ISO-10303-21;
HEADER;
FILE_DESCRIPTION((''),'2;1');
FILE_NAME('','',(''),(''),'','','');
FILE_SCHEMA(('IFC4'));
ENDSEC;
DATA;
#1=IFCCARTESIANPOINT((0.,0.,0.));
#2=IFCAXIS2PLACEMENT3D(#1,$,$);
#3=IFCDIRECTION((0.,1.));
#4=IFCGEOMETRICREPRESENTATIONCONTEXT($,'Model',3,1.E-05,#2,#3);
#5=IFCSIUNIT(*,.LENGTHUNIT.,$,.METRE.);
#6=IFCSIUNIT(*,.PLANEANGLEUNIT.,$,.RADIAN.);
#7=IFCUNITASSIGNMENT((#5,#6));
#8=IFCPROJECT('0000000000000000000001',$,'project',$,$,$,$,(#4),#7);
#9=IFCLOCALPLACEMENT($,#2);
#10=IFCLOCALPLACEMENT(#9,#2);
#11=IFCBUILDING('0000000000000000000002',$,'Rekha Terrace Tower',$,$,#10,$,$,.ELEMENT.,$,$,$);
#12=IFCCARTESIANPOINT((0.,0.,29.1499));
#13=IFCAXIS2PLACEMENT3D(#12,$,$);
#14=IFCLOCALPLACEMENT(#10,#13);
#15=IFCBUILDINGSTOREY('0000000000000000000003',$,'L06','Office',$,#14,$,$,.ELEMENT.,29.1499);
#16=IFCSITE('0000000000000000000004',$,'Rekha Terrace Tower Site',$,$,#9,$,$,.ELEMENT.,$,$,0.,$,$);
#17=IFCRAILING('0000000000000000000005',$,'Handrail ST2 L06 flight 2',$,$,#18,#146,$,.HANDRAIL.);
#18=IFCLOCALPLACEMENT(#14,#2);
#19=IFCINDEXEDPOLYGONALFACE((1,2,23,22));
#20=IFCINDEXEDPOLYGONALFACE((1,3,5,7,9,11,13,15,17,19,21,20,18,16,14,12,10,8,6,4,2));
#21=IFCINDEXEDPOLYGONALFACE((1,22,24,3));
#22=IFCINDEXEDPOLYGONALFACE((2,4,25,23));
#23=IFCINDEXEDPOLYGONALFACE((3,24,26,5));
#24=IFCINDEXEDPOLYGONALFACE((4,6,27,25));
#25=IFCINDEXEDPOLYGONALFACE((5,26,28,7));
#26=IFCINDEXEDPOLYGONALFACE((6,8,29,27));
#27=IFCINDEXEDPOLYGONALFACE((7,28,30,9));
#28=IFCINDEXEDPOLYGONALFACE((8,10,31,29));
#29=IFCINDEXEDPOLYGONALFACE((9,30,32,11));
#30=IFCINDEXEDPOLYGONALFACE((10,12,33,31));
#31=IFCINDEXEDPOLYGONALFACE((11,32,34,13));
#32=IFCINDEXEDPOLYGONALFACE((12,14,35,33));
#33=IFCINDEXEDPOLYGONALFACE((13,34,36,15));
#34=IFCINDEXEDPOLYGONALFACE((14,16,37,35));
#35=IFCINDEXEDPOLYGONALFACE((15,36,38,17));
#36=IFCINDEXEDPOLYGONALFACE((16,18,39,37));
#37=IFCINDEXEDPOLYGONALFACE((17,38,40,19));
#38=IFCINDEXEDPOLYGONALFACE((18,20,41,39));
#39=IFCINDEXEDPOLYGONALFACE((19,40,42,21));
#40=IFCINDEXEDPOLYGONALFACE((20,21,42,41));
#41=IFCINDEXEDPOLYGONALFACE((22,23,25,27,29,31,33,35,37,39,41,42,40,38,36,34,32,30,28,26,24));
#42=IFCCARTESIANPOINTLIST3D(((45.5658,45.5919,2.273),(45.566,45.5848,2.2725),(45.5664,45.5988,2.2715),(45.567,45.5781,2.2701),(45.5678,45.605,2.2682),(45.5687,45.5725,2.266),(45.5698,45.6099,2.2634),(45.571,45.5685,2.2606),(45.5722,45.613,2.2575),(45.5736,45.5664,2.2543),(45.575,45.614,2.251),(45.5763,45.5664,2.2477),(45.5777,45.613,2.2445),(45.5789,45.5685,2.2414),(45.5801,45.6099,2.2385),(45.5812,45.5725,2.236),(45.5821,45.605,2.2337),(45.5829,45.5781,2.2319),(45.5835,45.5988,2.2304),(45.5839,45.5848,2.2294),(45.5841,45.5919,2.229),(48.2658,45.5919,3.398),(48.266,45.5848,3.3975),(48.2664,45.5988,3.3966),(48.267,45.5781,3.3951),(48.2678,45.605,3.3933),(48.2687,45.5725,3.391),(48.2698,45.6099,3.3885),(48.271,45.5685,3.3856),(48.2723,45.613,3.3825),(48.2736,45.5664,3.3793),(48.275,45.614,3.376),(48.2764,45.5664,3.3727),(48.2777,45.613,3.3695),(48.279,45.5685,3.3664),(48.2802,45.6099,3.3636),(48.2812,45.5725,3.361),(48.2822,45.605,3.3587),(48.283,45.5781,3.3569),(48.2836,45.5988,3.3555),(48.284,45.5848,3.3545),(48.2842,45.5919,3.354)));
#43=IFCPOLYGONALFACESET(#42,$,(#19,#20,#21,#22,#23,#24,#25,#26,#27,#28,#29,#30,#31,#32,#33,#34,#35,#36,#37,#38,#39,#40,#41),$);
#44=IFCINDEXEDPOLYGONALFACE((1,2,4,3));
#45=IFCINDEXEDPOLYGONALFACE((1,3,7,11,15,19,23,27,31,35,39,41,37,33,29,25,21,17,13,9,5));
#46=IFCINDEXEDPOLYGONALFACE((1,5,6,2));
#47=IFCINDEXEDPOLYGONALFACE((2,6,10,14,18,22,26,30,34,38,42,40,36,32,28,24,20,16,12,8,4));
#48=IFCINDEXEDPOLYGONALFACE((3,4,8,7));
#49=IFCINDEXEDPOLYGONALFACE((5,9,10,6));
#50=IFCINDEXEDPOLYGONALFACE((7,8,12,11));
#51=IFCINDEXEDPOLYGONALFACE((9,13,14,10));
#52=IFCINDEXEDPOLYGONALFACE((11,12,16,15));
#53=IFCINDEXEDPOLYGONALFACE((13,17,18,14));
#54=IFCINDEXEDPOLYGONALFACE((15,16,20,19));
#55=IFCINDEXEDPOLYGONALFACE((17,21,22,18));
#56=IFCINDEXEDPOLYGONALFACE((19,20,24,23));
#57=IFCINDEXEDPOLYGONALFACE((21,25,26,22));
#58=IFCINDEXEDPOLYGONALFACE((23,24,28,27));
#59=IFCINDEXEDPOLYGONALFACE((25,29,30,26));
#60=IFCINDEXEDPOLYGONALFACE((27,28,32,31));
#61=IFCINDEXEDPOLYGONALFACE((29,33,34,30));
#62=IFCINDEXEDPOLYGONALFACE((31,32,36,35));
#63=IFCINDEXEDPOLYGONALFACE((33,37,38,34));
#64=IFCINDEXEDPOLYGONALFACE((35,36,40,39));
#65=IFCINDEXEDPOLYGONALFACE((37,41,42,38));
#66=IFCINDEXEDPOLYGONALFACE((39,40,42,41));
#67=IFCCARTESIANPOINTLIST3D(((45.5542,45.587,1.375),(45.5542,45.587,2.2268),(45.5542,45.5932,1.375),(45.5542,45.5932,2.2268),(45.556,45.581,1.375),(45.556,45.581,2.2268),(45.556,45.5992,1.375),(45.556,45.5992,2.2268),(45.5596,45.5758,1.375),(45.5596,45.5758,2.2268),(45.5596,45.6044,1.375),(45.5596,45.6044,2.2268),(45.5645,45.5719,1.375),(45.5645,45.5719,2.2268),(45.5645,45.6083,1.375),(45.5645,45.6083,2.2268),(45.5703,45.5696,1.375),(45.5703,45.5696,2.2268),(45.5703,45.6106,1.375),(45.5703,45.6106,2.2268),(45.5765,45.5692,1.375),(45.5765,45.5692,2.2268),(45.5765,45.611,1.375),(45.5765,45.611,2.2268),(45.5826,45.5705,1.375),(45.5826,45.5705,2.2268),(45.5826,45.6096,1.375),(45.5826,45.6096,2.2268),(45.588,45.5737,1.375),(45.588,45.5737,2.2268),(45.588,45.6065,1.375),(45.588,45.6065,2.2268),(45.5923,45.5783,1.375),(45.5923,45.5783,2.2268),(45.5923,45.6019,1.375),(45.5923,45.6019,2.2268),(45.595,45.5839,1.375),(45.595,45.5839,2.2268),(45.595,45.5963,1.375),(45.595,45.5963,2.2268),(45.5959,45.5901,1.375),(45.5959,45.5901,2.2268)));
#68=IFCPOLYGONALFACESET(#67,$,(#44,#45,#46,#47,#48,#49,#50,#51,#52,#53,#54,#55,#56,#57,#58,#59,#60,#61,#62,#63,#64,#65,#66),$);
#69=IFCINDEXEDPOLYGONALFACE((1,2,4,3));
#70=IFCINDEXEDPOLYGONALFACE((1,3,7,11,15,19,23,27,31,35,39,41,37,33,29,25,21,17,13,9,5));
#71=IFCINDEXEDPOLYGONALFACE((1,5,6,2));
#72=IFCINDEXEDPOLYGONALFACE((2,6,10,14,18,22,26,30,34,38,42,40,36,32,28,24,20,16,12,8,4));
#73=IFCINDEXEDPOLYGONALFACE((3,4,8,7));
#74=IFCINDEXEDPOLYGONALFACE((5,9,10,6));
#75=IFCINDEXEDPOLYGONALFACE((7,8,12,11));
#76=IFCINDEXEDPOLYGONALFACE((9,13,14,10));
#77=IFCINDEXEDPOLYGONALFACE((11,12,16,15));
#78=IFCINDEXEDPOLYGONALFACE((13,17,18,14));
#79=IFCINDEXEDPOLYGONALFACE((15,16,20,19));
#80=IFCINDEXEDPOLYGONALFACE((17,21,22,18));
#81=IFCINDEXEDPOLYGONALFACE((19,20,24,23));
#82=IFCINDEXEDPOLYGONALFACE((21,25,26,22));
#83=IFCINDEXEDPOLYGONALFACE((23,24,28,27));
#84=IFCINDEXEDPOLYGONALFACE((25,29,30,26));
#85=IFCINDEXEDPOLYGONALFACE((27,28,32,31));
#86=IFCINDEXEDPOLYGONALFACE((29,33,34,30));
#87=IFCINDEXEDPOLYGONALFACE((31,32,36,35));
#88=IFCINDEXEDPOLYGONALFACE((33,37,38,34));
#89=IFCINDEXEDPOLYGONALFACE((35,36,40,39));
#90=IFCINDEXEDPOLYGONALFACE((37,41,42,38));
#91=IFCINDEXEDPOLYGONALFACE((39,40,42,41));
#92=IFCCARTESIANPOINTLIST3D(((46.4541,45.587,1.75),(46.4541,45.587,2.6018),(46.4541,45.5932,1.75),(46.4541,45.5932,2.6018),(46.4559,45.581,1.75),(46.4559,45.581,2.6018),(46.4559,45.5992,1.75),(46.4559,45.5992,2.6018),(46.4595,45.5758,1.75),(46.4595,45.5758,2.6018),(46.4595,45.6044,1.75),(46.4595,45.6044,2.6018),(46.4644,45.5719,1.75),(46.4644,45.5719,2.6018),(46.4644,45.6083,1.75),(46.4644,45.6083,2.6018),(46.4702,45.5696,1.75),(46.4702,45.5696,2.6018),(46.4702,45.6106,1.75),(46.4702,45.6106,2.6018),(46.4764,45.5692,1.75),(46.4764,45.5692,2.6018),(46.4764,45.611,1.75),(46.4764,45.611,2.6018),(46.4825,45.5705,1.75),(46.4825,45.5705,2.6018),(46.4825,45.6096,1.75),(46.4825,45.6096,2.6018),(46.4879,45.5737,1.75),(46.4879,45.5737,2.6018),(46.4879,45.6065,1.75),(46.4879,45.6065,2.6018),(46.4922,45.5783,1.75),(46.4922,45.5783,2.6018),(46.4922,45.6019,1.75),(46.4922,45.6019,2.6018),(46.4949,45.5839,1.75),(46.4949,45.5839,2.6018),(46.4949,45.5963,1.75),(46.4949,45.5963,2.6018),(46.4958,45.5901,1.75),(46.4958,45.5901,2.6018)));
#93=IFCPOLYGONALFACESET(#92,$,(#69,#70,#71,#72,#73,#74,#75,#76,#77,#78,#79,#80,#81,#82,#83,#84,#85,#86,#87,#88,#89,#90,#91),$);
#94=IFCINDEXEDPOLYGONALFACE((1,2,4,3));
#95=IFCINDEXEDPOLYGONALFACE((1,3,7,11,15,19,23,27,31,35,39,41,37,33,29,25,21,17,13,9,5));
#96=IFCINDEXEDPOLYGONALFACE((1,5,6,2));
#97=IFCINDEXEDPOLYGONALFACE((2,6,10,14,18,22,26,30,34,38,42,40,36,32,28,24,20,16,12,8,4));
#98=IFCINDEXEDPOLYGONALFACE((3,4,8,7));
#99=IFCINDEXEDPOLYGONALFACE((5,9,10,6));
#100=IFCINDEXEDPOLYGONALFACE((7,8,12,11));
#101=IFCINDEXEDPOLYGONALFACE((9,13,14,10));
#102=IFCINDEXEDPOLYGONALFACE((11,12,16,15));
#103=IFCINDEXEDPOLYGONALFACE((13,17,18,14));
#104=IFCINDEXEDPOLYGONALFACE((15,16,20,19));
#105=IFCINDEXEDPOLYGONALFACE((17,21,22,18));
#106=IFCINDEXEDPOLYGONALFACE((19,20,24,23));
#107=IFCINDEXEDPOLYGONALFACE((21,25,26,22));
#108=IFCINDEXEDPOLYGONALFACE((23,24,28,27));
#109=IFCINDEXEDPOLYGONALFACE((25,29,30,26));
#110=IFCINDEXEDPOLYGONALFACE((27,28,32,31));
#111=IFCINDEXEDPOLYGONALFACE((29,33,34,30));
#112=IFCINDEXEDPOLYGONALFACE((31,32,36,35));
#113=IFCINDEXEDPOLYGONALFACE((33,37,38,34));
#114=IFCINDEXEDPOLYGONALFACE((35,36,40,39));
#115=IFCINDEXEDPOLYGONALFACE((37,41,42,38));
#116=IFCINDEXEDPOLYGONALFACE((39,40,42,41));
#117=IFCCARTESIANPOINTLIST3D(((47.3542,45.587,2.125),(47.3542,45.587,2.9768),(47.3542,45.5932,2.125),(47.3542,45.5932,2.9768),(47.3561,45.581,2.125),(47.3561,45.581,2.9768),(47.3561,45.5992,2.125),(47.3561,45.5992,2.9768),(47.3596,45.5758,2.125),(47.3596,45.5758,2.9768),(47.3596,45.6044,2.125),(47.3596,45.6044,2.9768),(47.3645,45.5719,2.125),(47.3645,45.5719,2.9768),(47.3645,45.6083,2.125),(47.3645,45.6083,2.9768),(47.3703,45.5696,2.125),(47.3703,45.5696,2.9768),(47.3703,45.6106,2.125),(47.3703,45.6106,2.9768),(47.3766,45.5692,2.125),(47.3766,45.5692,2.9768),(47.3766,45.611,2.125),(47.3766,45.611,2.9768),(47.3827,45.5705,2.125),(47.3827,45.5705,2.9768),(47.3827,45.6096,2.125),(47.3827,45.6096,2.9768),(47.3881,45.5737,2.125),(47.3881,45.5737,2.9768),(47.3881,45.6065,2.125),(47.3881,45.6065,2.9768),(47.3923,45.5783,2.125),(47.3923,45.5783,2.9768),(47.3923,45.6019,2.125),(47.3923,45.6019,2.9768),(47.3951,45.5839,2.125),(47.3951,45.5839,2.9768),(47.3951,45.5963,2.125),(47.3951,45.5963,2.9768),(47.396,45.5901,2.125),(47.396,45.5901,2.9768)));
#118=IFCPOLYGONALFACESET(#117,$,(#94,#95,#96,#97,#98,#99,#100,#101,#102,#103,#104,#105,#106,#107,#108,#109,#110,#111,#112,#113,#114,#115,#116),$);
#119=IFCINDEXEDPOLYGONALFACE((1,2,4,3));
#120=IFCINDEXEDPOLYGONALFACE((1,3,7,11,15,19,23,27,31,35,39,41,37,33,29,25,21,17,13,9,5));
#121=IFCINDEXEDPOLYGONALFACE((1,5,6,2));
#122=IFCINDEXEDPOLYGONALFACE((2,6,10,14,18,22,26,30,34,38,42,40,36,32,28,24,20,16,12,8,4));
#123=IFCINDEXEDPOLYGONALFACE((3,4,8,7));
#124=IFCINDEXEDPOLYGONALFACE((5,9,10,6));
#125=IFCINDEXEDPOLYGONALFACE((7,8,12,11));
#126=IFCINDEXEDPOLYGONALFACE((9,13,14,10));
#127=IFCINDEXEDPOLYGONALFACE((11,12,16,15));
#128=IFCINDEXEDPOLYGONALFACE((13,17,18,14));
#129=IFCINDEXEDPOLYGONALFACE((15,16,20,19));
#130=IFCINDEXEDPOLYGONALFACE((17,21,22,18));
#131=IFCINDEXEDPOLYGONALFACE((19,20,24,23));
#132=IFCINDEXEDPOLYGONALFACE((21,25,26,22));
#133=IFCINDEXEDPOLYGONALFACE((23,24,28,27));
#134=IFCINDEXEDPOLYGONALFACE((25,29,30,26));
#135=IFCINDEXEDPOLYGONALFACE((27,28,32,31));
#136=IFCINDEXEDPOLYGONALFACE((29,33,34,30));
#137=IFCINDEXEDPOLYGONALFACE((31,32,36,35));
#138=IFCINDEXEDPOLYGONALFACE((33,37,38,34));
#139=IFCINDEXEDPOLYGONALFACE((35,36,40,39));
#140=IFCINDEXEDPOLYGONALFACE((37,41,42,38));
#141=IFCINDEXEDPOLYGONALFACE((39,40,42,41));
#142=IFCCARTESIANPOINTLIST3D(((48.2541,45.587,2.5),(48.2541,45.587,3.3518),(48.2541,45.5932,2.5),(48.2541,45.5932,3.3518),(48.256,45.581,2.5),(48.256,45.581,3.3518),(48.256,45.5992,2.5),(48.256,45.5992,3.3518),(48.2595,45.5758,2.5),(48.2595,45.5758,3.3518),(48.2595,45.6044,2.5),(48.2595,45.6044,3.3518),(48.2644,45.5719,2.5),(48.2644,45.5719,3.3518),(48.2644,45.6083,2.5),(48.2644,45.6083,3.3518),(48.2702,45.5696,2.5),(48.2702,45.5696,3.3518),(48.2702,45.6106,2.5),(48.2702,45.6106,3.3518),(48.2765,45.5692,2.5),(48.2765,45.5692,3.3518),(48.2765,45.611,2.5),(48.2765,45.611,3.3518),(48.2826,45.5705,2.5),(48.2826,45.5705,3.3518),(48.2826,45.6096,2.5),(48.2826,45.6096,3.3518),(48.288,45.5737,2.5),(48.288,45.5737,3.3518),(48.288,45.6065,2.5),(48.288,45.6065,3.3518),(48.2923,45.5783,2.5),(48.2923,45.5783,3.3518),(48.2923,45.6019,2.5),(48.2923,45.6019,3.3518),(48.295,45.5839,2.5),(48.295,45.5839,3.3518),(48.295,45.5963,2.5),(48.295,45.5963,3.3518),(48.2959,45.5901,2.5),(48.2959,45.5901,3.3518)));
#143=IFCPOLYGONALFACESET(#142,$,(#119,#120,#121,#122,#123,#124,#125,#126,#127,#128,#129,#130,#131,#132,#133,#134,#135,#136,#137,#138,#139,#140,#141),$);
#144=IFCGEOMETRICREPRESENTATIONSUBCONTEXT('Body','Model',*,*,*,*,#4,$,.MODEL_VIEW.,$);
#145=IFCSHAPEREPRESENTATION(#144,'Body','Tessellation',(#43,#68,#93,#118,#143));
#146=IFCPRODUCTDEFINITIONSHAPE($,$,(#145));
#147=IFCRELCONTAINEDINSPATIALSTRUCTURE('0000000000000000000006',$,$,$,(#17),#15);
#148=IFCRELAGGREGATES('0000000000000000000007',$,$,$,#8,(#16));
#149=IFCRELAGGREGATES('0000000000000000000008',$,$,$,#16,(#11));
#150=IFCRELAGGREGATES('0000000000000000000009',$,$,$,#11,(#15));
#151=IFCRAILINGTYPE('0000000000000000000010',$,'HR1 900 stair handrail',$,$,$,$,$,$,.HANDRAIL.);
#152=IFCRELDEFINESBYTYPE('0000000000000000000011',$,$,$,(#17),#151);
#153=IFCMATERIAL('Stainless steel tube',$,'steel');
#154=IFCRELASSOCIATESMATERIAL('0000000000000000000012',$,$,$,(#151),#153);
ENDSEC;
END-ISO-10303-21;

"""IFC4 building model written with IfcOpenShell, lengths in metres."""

from ifc_helpers import new_model, si_unit, direction, frame, origin, origin_2d, place, context, subcontext, project, spatial, circle, extrude, material, type_object, element, save


model = new_model("IFC4")

# Units and contexts
model_context = context("Model", 3, precision=1e-05, world=origin(), true_north=direction((0.0, 1.0)))
body_context = subcontext(model_context, "Body", "Model", "MODEL_VIEW")
ifc_project = project(units=[si_unit("LENGTHUNIT", "METRE"), si_unit("PLANEANGLEUNIT", "RADIAN")], contexts=[model_context])

# Site, building, storey
site_placement = place(None, origin())
site = spatial("IfcSite", under=ifc_project, at=site_placement, Name="Rekha Terrace Tower Site", CompositionType="ELEMENT", RefElevation=0.0)
building_placement = place(site_placement, origin())
building = spatial("IfcBuilding", under=site, at=building_placement, Name="Rekha Terrace Tower", CompositionType="ELEMENT")
storey_placement = place(building_placement, frame((0.0, 0.0, 29.1499)))
storey = spatial("IfcBuildingStorey", under=building, at=storey_placement, Name="L06", Description="Office", CompositionType="ELEMENT", Elevation=29.1499)

# Railing
ifc_material_1 = material(Name="Stainless steel tube", Category="steel")
railing_type_1 = type_object("IfcRailingType", Name="HR1 900 stair handrail", PredefinedType="HANDRAIL", material=ifc_material_1)
railing_1_placement = place(storey_placement, frame((45.575, 45.5901, 1.375)))
element("IfcRailing", 1, at=railing_1_placement, inside=storey, type_object=railing_type_1, Name="Handrail ST2 L06 flight 2", PredefinedType="HANDRAIL", context=body_context, shape_type="SweptSolid", body=[
    extrude(circle(Radius=0.0239, at=origin_2d()), frame((0.0, 0.0, 0.876), z_axis=(0.923074, 0.0, 0.384621), x_axis=(0.0, 1.0, 0.0)), (0.0, 0.0, 1.0), 2.925),
    extrude(circle(Radius=0.021, at=origin_2d()), origin(), (0.0, 0.0, 1.0), 0.8518),
    extrude(circle(Radius=0.021, at=origin_2d()), frame((0.8999, 0.0, 0.375)), (0.0, 0.0, 1.0), 0.8518),
    extrude(circle(Radius=0.021, at=origin_2d()), frame((1.8, 0.0, 0.75)), (0.0, 0.0, 1.0), 0.8518),
    extrude(circle(Radius=0.021, at=origin_2d()), frame((2.7, 0.0, 1.125)), (0.0, 0.0, 1.0), 0.8518),
])

save(model, "model.ifc")
